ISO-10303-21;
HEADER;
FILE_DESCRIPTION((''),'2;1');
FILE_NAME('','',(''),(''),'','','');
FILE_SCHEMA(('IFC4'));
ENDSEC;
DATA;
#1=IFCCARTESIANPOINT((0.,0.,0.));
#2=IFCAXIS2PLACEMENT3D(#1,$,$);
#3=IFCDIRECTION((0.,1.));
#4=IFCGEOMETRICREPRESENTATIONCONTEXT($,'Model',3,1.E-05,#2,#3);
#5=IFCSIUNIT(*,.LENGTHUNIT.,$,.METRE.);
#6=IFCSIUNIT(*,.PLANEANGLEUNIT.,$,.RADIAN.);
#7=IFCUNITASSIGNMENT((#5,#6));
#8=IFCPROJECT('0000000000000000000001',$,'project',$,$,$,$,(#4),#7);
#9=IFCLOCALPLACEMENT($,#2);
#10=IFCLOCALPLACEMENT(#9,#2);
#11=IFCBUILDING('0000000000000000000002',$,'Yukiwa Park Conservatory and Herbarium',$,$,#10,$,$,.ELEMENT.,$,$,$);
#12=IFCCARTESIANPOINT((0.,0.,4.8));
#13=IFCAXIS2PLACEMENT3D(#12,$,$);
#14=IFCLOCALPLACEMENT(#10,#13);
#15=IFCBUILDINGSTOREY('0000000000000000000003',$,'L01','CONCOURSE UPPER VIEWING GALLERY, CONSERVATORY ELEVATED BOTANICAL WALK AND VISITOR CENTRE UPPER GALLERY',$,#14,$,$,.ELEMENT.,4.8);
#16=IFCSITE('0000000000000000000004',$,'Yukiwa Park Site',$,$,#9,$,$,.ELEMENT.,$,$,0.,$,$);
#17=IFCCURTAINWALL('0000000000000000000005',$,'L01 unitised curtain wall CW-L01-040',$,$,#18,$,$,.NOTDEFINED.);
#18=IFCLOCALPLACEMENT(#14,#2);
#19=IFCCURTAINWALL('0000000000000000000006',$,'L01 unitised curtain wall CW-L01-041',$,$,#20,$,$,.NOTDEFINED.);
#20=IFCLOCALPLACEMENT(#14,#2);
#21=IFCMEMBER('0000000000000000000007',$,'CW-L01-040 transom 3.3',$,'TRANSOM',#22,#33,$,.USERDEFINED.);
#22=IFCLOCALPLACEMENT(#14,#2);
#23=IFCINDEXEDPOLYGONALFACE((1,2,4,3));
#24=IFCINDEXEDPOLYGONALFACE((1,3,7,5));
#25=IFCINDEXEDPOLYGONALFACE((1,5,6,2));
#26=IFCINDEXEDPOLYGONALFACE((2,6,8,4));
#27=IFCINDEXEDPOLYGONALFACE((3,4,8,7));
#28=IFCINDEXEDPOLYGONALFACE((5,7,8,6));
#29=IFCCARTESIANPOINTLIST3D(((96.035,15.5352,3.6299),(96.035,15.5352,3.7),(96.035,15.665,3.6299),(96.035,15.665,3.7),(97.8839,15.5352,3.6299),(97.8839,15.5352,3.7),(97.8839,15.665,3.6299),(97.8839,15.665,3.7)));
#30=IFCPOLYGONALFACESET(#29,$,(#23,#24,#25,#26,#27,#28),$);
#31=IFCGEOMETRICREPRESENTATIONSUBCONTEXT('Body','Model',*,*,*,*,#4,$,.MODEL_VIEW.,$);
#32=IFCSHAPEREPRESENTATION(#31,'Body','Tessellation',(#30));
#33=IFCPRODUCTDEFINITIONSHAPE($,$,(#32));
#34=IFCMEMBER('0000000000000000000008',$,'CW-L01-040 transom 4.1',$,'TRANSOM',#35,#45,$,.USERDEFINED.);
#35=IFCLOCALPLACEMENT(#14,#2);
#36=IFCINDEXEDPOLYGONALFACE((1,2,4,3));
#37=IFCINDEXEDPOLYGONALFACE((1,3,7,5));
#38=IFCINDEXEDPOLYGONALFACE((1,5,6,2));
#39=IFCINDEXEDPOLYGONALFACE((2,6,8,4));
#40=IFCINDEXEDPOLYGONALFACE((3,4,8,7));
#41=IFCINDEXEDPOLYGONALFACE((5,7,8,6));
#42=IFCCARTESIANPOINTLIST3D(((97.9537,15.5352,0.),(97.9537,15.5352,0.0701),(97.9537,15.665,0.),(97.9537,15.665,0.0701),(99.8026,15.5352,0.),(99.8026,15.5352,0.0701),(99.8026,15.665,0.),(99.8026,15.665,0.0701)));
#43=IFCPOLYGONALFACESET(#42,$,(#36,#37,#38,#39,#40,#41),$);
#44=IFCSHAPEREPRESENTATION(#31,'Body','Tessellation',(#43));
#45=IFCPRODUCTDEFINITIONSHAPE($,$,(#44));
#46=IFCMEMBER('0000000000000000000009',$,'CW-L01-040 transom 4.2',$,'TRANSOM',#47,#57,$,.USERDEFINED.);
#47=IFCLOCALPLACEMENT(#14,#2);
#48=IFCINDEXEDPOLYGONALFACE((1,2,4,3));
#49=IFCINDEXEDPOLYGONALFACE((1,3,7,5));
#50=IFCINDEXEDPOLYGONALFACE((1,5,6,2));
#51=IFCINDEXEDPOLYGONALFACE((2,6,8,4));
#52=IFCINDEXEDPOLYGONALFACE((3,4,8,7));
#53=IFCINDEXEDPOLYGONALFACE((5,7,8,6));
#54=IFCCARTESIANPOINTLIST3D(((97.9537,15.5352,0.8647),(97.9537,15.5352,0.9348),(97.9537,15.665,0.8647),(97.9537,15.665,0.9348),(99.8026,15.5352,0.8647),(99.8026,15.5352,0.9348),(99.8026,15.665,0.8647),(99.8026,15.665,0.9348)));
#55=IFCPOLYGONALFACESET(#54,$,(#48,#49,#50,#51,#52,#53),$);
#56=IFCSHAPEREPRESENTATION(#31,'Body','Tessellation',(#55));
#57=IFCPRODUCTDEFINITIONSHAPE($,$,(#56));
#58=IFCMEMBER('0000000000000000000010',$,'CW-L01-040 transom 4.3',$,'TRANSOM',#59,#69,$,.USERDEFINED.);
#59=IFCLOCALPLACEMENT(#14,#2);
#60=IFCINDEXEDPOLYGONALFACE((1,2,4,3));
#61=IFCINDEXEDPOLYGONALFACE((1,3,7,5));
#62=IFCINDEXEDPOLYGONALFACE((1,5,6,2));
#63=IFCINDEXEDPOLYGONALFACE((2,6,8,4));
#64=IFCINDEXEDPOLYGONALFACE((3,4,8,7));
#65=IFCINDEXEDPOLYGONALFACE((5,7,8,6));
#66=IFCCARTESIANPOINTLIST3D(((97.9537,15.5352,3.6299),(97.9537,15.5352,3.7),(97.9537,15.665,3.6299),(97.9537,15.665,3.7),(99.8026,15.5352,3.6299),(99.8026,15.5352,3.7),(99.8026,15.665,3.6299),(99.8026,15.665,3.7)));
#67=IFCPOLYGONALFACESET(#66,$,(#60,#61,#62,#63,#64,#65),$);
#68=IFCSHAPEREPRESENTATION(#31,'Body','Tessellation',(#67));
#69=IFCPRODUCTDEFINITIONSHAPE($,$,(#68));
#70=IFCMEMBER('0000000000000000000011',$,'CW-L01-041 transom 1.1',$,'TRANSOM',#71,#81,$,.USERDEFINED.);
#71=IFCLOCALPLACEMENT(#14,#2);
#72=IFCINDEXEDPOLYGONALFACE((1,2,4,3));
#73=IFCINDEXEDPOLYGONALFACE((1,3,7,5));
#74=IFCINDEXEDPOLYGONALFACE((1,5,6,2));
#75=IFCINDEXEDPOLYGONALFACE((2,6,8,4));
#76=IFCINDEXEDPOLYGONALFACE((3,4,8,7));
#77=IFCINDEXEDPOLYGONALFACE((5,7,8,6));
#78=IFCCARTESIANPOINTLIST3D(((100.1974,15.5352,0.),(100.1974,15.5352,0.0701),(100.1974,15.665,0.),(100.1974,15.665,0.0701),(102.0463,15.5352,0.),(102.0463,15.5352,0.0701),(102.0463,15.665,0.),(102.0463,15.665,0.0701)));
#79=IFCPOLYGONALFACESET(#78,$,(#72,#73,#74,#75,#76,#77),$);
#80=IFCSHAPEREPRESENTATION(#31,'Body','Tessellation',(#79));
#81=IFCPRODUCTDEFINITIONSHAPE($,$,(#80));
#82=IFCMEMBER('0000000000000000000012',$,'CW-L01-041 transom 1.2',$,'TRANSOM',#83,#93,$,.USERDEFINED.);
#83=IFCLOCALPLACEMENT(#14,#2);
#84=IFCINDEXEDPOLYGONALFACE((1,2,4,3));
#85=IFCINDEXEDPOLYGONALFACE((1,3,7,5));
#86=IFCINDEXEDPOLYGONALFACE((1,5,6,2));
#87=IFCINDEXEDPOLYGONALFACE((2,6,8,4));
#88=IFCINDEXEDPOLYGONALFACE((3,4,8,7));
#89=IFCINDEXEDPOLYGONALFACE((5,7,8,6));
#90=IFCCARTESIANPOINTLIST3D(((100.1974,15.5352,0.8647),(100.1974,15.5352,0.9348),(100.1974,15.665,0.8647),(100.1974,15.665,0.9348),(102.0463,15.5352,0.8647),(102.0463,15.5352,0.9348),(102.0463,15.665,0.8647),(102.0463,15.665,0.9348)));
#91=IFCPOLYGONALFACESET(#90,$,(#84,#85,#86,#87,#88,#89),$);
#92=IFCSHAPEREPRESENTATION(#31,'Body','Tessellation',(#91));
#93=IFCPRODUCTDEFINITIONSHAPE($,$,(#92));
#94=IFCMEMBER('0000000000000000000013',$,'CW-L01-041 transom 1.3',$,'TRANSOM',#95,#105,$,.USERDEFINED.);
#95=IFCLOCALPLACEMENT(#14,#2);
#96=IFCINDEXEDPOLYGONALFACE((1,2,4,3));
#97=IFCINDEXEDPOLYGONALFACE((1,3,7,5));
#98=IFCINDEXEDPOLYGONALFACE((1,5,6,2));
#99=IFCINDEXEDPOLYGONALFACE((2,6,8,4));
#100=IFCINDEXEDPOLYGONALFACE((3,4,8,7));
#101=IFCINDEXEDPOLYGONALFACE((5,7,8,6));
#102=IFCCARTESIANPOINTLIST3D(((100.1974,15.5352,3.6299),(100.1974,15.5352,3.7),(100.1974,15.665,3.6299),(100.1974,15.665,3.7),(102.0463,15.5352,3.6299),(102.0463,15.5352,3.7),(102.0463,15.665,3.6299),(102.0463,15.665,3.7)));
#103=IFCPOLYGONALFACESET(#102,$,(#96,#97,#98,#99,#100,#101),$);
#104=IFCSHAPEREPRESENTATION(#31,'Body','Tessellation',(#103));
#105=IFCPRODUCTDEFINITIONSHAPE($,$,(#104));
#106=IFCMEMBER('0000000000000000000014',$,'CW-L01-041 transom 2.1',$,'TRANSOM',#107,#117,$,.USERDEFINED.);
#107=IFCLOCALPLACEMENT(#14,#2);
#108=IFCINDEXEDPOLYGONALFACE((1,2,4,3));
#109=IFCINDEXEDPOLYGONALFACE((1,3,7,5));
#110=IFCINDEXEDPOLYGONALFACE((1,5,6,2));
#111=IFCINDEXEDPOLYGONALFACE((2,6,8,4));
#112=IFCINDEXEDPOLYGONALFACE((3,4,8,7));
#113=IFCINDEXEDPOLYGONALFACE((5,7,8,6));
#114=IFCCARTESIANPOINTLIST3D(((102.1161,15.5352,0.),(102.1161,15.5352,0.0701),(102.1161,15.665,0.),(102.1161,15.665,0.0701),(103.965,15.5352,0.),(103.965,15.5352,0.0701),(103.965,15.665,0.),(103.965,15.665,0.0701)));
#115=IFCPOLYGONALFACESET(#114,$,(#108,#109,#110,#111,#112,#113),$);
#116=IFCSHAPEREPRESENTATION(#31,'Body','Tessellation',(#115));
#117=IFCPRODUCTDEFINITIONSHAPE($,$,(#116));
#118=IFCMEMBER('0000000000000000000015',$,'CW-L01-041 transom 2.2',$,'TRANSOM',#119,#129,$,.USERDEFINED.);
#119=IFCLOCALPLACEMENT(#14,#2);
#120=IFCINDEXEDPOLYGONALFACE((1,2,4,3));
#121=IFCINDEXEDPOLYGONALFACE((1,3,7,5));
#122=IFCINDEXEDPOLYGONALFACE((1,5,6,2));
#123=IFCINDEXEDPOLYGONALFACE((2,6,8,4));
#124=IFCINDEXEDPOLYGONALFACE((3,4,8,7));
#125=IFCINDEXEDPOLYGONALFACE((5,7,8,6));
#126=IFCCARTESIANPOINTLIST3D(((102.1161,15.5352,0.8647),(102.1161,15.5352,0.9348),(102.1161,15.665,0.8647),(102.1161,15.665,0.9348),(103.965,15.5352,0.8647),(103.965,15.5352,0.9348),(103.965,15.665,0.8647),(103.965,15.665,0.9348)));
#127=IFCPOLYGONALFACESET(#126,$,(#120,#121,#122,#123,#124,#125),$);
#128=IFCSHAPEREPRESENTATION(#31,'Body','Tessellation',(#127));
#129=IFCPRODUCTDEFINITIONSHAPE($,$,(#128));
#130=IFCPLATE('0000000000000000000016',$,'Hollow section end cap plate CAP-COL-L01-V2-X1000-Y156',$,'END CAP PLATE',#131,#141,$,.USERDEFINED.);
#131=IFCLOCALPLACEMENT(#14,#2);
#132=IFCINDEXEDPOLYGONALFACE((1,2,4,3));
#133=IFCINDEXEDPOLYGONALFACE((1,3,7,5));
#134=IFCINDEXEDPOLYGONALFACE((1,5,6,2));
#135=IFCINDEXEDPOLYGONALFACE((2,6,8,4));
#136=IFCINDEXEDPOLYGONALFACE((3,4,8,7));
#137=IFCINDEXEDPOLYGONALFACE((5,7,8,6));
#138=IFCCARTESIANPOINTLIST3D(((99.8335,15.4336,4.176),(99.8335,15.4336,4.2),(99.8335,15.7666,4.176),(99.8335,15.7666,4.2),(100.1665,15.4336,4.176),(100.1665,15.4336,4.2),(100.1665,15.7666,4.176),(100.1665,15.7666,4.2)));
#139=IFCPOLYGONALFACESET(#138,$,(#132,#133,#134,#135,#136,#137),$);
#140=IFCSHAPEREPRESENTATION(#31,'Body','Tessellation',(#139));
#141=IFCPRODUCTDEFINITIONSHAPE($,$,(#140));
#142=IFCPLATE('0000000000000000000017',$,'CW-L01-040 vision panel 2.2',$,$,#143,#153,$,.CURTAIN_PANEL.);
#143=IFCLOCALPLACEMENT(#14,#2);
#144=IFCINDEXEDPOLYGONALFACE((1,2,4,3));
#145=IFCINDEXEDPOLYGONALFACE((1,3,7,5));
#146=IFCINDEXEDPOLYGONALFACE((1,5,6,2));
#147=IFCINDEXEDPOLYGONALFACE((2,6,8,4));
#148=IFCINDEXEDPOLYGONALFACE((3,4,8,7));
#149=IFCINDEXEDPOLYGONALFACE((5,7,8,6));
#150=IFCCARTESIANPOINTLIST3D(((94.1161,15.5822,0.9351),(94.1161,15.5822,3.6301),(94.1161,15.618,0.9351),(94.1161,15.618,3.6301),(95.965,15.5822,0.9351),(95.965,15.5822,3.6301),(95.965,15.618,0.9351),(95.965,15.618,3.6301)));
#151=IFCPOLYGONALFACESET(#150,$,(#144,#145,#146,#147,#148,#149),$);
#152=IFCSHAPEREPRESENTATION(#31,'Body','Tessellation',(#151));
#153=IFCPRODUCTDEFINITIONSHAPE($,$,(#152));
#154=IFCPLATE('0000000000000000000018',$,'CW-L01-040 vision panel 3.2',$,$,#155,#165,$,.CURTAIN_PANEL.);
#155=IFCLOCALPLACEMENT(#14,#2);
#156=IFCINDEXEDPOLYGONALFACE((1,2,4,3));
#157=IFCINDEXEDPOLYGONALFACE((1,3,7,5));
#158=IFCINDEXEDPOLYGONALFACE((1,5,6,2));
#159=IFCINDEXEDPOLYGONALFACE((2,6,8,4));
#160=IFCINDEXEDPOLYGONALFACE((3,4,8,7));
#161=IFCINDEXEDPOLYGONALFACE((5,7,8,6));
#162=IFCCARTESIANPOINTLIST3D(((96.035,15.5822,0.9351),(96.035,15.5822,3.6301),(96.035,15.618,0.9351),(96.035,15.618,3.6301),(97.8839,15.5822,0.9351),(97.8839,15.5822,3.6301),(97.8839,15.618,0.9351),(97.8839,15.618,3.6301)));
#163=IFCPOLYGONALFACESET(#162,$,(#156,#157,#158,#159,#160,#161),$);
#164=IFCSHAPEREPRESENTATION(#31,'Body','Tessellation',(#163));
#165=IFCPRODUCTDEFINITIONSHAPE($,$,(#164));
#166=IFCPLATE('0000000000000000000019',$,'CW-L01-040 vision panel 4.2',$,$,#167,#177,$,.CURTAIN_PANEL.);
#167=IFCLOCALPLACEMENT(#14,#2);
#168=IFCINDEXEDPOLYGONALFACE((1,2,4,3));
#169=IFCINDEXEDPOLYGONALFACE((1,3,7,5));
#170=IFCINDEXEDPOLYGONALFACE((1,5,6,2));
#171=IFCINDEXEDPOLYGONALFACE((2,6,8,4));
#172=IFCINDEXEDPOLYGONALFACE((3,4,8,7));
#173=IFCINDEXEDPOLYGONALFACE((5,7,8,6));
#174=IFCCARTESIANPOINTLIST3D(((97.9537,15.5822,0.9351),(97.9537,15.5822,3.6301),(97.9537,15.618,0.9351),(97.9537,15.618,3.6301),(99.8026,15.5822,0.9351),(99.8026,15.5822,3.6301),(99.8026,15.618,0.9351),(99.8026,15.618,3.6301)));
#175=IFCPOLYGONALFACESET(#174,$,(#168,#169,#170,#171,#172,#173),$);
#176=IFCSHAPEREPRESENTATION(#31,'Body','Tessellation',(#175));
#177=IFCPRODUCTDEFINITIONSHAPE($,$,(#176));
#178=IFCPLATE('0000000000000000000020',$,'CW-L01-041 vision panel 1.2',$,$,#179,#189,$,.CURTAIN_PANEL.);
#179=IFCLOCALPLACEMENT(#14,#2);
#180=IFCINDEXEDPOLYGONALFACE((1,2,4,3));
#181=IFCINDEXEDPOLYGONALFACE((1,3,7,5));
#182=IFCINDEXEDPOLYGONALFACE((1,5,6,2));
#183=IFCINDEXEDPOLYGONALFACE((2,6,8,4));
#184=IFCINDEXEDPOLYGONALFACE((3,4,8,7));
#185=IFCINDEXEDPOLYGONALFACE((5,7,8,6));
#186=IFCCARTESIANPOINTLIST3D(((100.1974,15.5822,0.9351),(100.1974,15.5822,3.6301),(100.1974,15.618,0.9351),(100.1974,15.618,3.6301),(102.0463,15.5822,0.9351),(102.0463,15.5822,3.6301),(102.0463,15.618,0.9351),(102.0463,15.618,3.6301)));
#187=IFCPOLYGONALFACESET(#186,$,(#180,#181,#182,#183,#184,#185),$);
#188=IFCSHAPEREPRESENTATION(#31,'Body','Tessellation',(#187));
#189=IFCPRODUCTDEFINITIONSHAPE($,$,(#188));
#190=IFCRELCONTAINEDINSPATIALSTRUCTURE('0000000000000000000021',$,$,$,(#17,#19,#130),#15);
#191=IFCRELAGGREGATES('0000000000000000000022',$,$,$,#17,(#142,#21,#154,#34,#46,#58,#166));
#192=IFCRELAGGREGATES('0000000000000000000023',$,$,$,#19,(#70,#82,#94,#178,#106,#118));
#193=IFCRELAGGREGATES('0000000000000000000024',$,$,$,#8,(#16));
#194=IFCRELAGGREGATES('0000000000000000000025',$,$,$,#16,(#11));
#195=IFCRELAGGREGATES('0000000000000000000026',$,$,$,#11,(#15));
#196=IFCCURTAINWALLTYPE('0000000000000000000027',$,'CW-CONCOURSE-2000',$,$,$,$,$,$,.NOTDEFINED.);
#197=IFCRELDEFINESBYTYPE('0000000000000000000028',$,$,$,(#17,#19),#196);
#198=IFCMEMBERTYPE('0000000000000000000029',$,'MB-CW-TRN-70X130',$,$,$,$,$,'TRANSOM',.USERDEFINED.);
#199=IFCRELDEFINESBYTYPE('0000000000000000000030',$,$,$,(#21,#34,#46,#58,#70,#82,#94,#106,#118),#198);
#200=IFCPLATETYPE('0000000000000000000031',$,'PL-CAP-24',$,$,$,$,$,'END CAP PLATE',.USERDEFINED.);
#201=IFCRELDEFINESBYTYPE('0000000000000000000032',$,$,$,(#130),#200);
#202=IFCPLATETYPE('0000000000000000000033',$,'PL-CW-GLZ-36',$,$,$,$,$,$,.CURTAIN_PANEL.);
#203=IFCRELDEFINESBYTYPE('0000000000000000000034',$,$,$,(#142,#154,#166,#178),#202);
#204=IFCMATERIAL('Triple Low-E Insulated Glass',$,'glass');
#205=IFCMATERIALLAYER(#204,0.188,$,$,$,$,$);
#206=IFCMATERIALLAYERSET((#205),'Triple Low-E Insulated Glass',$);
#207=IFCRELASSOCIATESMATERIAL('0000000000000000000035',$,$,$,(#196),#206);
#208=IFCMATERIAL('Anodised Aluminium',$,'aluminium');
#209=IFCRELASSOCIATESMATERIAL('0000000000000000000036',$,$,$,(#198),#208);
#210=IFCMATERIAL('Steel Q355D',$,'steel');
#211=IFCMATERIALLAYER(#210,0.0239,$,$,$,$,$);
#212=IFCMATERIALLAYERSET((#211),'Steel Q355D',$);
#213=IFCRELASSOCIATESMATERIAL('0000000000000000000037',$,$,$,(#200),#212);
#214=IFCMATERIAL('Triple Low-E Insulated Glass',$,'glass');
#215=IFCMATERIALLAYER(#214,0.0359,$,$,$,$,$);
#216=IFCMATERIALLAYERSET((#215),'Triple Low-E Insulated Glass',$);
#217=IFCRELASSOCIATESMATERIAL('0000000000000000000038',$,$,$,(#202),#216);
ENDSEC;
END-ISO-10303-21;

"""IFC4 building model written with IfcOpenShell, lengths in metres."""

from ifc_helpers import new_model, si_unit, direction, frame, origin, origin_2d, place, context, subcontext, project, spatial, rectangle, extrude, material, layer, layer_set, type_object, element, aggregate, save


model = new_model("IFC4")

# Units and contexts
model_context = context("Model", 3, precision=1e-05, world=origin(), true_north=direction((0.0, 1.0)))
body_context = subcontext(model_context, "Body", "Model", "MODEL_VIEW")
ifc_project = project(units=[si_unit("LENGTHUNIT", "METRE"), si_unit("PLANEANGLEUNIT", "RADIAN")], contexts=[model_context])

# Site, building, storey
site_placement = place(None, origin())
site = spatial("IfcSite", under=ifc_project, at=site_placement, Name="Yukiwa Park Site", CompositionType="ELEMENT", RefElevation=0.0)
building_placement = place(site_placement, origin())
building = spatial("IfcBuilding", under=site, at=building_placement, Name="Yukiwa Park Conservatory and Herbarium", CompositionType="ELEMENT")
storey_placement = place(building_placement, frame((0.0, 0.0, 4.8)))
storey = spatial("IfcBuildingStorey", under=building, at=storey_placement, Name="L01", Description="CONCOURSE UPPER VIEWING GALLERY, CONSERVATORY ELEVATED BOTANICAL WALK AND VISITOR CENTRE UPPER GALLERY", CompositionType="ELEMENT", Elevation=4.8)

# Curtain walls
ifc_material_1 = material(Name="Triple Low-E Insulated Glass", Category="glass")
ifc_layer_1 = layer(ifc_material_1, 0.188)
ifc_layer_set_1 = layer_set([ifc_layer_1], Name="Triple Low-E Insulated Glass")
curtain_wall_type = type_object("IfcCurtainWallType", Name="CW-CONCOURSE-2000", PredefinedType="NOTDEFINED", material=ifc_layer_set_1)
curtain_wall_1_placement = place(storey_placement, origin())
curtain_wall_1 = element("IfcCurtainWall", 1, at=curtain_wall_1_placement, inside=storey, type_object=curtain_wall_type, Name="L01 unitised curtain wall CW-L01-040", PredefinedType="NOTDEFINED")
curtain_wall_2_placement = place(storey_placement, origin())
curtain_wall_2 = element("IfcCurtainWall", 2, at=curtain_wall_2_placement, inside=storey, type_object=curtain_wall_type, Name="L01 unitised curtain wall CW-L01-041", PredefinedType="NOTDEFINED")

# Members
ifc_material_2 = material(Name="Anodised Aluminium", Category="aluminium")
member_type_1 = type_object("IfcMemberType", Name="MB-CW-TRN-70X130", ElementType="TRANSOM", PredefinedType="USERDEFINED", material=ifc_material_2)
member_1_placement = place(storey_placement, frame((96.9595, 15.6001, 3.6299), z_axis=(0.0, 0.0, 1.0), x_axis=(1.0, 0.0, 0.0)))
member_1 = element("IfcMember", 3, at=member_1_placement, type_object=member_type_1, Name="CW-L01-040 transom 3.3", ObjectType="TRANSOM", PredefinedType="USERDEFINED", context=body_context, shape_type="SweptSolid", body=[
    extrude(rectangle(XDim=1.8489, YDim=0.1299, at=origin_2d()), origin(), (0.0, 0.0, 1.0), 0.0701),
])
member_2_placement = place(storey_placement, frame((98.8782, 15.6001, 0.0), z_axis=(0.0, 0.0, 1.0), x_axis=(1.0, 0.0, 0.0)))
member_2 = element("IfcMember", 4, at=member_2_placement, type_object=member_type_1, Name="CW-L01-040 transom 4.1", ObjectType="TRANSOM", PredefinedType="USERDEFINED", context=body_context, shape_type="SweptSolid", body=[
    extrude(rectangle(XDim=1.8489, YDim=0.1299, at=origin_2d()), origin(), (0.0, 0.0, 1.0), 0.0701),
])
member_3_placement = place(storey_placement, frame((98.8782, 15.6001, 0.8647), z_axis=(0.0, 0.0, 1.0), x_axis=(1.0, 0.0, 0.0)))
member_3 = element("IfcMember", 5, at=member_3_placement, type_object=member_type_1, Name="CW-L01-040 transom 4.2", ObjectType="TRANSOM", PredefinedType="USERDEFINED", context=body_context, shape_type="SweptSolid", body=[
    extrude(rectangle(XDim=1.8489, YDim=0.1299, at=origin_2d()), origin(), (0.0, 0.0, 1.0), 0.0701),
])
member_4_placement = place(storey_placement, frame((98.8782, 15.6001, 3.6299), z_axis=(0.0, 0.0, 1.0), x_axis=(1.0, 0.0, 0.0)))
member_4 = element("IfcMember", 6, at=member_4_placement, type_object=member_type_1, Name="CW-L01-040 transom 4.3", ObjectType="TRANSOM", PredefinedType="USERDEFINED", context=body_context, shape_type="SweptSolid", body=[
    extrude(rectangle(XDim=1.8489, YDim=0.1299, at=origin_2d()), origin(), (0.0, 0.0, 1.0), 0.0701),
])
member_5_placement = place(storey_placement, frame((101.1218, 15.6001, 0.0), z_axis=(0.0, 0.0, 1.0), x_axis=(1.0, 0.0, 0.0)))
member_5 = element("IfcMember", 7, at=member_5_placement, type_object=member_type_1, Name="CW-L01-041 transom 1.1", ObjectType="TRANSOM", PredefinedType="USERDEFINED", context=body_context, shape_type="SweptSolid", body=[
    extrude(rectangle(XDim=1.8489, YDim=0.1299, at=origin_2d()), origin(), (0.0, 0.0, 1.0), 0.0701),
])
member_6_placement = place(storey_placement, frame((101.1218, 15.6001, 0.8647), z_axis=(0.0, 0.0, 1.0), x_axis=(1.0, 0.0, 0.0)))
member_6 = element("IfcMember", 8, at=member_6_placement, type_object=member_type_1, Name="CW-L01-041 transom 1.2", ObjectType="TRANSOM", PredefinedType="USERDEFINED", context=body_context, shape_type="SweptSolid", body=[
    extrude(rectangle(XDim=1.8489, YDim=0.1299, at=origin_2d()), origin(), (0.0, 0.0, 1.0), 0.0701),
])
member_7_placement = place(storey_placement, frame((101.1218, 15.6001, 3.6299), z_axis=(0.0, 0.0, 1.0), x_axis=(1.0, 0.0, 0.0)))
member_7 = element("IfcMember", 9, at=member_7_placement, type_object=member_type_1, Name="CW-L01-041 transom 1.3", ObjectType="TRANSOM", PredefinedType="USERDEFINED", context=body_context, shape_type="SweptSolid", body=[
    extrude(rectangle(XDim=1.8489, YDim=0.1299, at=origin_2d()), origin(), (0.0, 0.0, 1.0), 0.0701),
])
member_8_placement = place(storey_placement, frame((103.0405, 15.6001, 0.0), z_axis=(0.0, 0.0, 1.0), x_axis=(1.0, 0.0, 0.0)))
member_8 = element("IfcMember", 10, at=member_8_placement, type_object=member_type_1, Name="CW-L01-041 transom 2.1", ObjectType="TRANSOM", PredefinedType="USERDEFINED", context=body_context, shape_type="SweptSolid", body=[
    extrude(rectangle(XDim=1.8489, YDim=0.1299, at=origin_2d()), origin(), (0.0, 0.0, 1.0), 0.0701),
])
member_9_placement = place(storey_placement, frame((103.0405, 15.6001, 0.8647), z_axis=(0.0, 0.0, 1.0), x_axis=(1.0, 0.0, 0.0)))
member_9 = element("IfcMember", 11, at=member_9_placement, type_object=member_type_1, Name="CW-L01-041 transom 2.2", ObjectType="TRANSOM", PredefinedType="USERDEFINED", context=body_context, shape_type="SweptSolid", body=[
    extrude(rectangle(XDim=1.8489, YDim=0.1299, at=origin_2d()), origin(), (0.0, 0.0, 1.0), 0.0701),
])

# Plates
ifc_material_3 = material(Name="Steel Q355D", Category="steel")
ifc_layer_2 = layer(ifc_material_3, 0.0239)
ifc_layer_set_2 = layer_set([ifc_layer_2], Name="Steel Q355D")
plate_type_1 = type_object("IfcPlateType", Name="PL-CAP-24", ElementType="END CAP PLATE", PredefinedType="USERDEFINED", material=ifc_layer_set_2)
plate_1_placement = place(storey_placement, frame((100.0, 15.6001, 4.176), z_axis=(0.0, 0.0, 1.0), x_axis=(1.0, 0.0, 0.0)))
element("IfcPlate", 12, at=plate_1_placement, inside=storey, type_object=plate_type_1, Name="Hollow section end cap plate CAP-COL-L01-V2-X1000-Y156", ObjectType="END CAP PLATE", PredefinedType="USERDEFINED", context=body_context, shape_type="SweptSolid", body=[
    extrude(rectangle(XDim=0.333, YDim=0.333, at=origin_2d()), origin(), (0.0, 0.0, 1.0), 0.0239),
])
ifc_material_4 = material(Name="Triple Low-E Insulated Glass", Category="glass")
ifc_layer_3 = layer(ifc_material_4, 0.0359)
ifc_layer_set_3 = layer_set([ifc_layer_3], Name="Triple Low-E Insulated Glass")
plate_type_2 = type_object("IfcPlateType", Name="PL-CW-GLZ-36", PredefinedType="CURTAIN_PANEL", material=ifc_layer_set_3)
plate_2_placement = place(storey_placement, frame((95.0405, 15.6001, 0.9351), z_axis=(0.0, 0.0, 1.0), x_axis=(1.0, 0.0, 0.0)))
plate_2 = element("IfcPlate", 13, at=plate_2_placement, type_object=plate_type_2, Name="CW-L01-040 vision panel 2.2", PredefinedType="CURTAIN_PANEL", context=body_context, shape_type="SweptSolid", body=[
    extrude(rectangle(XDim=1.8489, YDim=0.0359, at=origin_2d()), origin(), (0.0, 0.0, 1.0), 2.6951),
])
plate_3_placement = place(storey_placement, frame((96.9595, 15.6001, 0.9351), z_axis=(0.0, 0.0, 1.0), x_axis=(1.0, 0.0, 0.0)))
plate_3 = element("IfcPlate", 14, at=plate_3_placement, type_object=plate_type_2, Name="CW-L01-040 vision panel 3.2", PredefinedType="CURTAIN_PANEL", context=body_context, shape_type="SweptSolid", body=[
    extrude(rectangle(XDim=1.8489, YDim=0.0359, at=origin_2d()), origin(), (0.0, 0.0, 1.0), 2.6951),
])
plate_4_placement = place(storey_placement, frame((98.8782, 15.6001, 0.9351), z_axis=(0.0, 0.0, 1.0), x_axis=(1.0, 0.0, 0.0)))
plate_4 = element("IfcPlate", 15, at=plate_4_placement, type_object=plate_type_2, Name="CW-L01-040 vision panel 4.2", PredefinedType="CURTAIN_PANEL", context=body_context, shape_type="SweptSolid", body=[
    extrude(rectangle(XDim=1.8489, YDim=0.0359, at=origin_2d()), origin(), (0.0, 0.0, 1.0), 2.6951),
])
plate_5_placement = place(storey_placement, frame((101.1218, 15.6001, 0.9351), z_axis=(0.0, 0.0, 1.0), x_axis=(1.0, 0.0, 0.0)))
plate_5 = element("IfcPlate", 16, at=plate_5_placement, type_object=plate_type_2, Name="CW-L01-041 vision panel 1.2", PredefinedType="CURTAIN_PANEL", context=body_context, shape_type="SweptSolid", body=[
    extrude(rectangle(XDim=1.8489, YDim=0.0359, at=origin_2d()), origin(), (0.0, 0.0, 1.0), 2.6951),
])
aggregate(curtain_wall_1, [plate_2, member_1, plate_3, member_2, member_3, member_4, plate_4])
aggregate(curtain_wall_2, [member_5, member_6, member_7, plate_5, member_8, member_9])

save(model, "model.ifc")
